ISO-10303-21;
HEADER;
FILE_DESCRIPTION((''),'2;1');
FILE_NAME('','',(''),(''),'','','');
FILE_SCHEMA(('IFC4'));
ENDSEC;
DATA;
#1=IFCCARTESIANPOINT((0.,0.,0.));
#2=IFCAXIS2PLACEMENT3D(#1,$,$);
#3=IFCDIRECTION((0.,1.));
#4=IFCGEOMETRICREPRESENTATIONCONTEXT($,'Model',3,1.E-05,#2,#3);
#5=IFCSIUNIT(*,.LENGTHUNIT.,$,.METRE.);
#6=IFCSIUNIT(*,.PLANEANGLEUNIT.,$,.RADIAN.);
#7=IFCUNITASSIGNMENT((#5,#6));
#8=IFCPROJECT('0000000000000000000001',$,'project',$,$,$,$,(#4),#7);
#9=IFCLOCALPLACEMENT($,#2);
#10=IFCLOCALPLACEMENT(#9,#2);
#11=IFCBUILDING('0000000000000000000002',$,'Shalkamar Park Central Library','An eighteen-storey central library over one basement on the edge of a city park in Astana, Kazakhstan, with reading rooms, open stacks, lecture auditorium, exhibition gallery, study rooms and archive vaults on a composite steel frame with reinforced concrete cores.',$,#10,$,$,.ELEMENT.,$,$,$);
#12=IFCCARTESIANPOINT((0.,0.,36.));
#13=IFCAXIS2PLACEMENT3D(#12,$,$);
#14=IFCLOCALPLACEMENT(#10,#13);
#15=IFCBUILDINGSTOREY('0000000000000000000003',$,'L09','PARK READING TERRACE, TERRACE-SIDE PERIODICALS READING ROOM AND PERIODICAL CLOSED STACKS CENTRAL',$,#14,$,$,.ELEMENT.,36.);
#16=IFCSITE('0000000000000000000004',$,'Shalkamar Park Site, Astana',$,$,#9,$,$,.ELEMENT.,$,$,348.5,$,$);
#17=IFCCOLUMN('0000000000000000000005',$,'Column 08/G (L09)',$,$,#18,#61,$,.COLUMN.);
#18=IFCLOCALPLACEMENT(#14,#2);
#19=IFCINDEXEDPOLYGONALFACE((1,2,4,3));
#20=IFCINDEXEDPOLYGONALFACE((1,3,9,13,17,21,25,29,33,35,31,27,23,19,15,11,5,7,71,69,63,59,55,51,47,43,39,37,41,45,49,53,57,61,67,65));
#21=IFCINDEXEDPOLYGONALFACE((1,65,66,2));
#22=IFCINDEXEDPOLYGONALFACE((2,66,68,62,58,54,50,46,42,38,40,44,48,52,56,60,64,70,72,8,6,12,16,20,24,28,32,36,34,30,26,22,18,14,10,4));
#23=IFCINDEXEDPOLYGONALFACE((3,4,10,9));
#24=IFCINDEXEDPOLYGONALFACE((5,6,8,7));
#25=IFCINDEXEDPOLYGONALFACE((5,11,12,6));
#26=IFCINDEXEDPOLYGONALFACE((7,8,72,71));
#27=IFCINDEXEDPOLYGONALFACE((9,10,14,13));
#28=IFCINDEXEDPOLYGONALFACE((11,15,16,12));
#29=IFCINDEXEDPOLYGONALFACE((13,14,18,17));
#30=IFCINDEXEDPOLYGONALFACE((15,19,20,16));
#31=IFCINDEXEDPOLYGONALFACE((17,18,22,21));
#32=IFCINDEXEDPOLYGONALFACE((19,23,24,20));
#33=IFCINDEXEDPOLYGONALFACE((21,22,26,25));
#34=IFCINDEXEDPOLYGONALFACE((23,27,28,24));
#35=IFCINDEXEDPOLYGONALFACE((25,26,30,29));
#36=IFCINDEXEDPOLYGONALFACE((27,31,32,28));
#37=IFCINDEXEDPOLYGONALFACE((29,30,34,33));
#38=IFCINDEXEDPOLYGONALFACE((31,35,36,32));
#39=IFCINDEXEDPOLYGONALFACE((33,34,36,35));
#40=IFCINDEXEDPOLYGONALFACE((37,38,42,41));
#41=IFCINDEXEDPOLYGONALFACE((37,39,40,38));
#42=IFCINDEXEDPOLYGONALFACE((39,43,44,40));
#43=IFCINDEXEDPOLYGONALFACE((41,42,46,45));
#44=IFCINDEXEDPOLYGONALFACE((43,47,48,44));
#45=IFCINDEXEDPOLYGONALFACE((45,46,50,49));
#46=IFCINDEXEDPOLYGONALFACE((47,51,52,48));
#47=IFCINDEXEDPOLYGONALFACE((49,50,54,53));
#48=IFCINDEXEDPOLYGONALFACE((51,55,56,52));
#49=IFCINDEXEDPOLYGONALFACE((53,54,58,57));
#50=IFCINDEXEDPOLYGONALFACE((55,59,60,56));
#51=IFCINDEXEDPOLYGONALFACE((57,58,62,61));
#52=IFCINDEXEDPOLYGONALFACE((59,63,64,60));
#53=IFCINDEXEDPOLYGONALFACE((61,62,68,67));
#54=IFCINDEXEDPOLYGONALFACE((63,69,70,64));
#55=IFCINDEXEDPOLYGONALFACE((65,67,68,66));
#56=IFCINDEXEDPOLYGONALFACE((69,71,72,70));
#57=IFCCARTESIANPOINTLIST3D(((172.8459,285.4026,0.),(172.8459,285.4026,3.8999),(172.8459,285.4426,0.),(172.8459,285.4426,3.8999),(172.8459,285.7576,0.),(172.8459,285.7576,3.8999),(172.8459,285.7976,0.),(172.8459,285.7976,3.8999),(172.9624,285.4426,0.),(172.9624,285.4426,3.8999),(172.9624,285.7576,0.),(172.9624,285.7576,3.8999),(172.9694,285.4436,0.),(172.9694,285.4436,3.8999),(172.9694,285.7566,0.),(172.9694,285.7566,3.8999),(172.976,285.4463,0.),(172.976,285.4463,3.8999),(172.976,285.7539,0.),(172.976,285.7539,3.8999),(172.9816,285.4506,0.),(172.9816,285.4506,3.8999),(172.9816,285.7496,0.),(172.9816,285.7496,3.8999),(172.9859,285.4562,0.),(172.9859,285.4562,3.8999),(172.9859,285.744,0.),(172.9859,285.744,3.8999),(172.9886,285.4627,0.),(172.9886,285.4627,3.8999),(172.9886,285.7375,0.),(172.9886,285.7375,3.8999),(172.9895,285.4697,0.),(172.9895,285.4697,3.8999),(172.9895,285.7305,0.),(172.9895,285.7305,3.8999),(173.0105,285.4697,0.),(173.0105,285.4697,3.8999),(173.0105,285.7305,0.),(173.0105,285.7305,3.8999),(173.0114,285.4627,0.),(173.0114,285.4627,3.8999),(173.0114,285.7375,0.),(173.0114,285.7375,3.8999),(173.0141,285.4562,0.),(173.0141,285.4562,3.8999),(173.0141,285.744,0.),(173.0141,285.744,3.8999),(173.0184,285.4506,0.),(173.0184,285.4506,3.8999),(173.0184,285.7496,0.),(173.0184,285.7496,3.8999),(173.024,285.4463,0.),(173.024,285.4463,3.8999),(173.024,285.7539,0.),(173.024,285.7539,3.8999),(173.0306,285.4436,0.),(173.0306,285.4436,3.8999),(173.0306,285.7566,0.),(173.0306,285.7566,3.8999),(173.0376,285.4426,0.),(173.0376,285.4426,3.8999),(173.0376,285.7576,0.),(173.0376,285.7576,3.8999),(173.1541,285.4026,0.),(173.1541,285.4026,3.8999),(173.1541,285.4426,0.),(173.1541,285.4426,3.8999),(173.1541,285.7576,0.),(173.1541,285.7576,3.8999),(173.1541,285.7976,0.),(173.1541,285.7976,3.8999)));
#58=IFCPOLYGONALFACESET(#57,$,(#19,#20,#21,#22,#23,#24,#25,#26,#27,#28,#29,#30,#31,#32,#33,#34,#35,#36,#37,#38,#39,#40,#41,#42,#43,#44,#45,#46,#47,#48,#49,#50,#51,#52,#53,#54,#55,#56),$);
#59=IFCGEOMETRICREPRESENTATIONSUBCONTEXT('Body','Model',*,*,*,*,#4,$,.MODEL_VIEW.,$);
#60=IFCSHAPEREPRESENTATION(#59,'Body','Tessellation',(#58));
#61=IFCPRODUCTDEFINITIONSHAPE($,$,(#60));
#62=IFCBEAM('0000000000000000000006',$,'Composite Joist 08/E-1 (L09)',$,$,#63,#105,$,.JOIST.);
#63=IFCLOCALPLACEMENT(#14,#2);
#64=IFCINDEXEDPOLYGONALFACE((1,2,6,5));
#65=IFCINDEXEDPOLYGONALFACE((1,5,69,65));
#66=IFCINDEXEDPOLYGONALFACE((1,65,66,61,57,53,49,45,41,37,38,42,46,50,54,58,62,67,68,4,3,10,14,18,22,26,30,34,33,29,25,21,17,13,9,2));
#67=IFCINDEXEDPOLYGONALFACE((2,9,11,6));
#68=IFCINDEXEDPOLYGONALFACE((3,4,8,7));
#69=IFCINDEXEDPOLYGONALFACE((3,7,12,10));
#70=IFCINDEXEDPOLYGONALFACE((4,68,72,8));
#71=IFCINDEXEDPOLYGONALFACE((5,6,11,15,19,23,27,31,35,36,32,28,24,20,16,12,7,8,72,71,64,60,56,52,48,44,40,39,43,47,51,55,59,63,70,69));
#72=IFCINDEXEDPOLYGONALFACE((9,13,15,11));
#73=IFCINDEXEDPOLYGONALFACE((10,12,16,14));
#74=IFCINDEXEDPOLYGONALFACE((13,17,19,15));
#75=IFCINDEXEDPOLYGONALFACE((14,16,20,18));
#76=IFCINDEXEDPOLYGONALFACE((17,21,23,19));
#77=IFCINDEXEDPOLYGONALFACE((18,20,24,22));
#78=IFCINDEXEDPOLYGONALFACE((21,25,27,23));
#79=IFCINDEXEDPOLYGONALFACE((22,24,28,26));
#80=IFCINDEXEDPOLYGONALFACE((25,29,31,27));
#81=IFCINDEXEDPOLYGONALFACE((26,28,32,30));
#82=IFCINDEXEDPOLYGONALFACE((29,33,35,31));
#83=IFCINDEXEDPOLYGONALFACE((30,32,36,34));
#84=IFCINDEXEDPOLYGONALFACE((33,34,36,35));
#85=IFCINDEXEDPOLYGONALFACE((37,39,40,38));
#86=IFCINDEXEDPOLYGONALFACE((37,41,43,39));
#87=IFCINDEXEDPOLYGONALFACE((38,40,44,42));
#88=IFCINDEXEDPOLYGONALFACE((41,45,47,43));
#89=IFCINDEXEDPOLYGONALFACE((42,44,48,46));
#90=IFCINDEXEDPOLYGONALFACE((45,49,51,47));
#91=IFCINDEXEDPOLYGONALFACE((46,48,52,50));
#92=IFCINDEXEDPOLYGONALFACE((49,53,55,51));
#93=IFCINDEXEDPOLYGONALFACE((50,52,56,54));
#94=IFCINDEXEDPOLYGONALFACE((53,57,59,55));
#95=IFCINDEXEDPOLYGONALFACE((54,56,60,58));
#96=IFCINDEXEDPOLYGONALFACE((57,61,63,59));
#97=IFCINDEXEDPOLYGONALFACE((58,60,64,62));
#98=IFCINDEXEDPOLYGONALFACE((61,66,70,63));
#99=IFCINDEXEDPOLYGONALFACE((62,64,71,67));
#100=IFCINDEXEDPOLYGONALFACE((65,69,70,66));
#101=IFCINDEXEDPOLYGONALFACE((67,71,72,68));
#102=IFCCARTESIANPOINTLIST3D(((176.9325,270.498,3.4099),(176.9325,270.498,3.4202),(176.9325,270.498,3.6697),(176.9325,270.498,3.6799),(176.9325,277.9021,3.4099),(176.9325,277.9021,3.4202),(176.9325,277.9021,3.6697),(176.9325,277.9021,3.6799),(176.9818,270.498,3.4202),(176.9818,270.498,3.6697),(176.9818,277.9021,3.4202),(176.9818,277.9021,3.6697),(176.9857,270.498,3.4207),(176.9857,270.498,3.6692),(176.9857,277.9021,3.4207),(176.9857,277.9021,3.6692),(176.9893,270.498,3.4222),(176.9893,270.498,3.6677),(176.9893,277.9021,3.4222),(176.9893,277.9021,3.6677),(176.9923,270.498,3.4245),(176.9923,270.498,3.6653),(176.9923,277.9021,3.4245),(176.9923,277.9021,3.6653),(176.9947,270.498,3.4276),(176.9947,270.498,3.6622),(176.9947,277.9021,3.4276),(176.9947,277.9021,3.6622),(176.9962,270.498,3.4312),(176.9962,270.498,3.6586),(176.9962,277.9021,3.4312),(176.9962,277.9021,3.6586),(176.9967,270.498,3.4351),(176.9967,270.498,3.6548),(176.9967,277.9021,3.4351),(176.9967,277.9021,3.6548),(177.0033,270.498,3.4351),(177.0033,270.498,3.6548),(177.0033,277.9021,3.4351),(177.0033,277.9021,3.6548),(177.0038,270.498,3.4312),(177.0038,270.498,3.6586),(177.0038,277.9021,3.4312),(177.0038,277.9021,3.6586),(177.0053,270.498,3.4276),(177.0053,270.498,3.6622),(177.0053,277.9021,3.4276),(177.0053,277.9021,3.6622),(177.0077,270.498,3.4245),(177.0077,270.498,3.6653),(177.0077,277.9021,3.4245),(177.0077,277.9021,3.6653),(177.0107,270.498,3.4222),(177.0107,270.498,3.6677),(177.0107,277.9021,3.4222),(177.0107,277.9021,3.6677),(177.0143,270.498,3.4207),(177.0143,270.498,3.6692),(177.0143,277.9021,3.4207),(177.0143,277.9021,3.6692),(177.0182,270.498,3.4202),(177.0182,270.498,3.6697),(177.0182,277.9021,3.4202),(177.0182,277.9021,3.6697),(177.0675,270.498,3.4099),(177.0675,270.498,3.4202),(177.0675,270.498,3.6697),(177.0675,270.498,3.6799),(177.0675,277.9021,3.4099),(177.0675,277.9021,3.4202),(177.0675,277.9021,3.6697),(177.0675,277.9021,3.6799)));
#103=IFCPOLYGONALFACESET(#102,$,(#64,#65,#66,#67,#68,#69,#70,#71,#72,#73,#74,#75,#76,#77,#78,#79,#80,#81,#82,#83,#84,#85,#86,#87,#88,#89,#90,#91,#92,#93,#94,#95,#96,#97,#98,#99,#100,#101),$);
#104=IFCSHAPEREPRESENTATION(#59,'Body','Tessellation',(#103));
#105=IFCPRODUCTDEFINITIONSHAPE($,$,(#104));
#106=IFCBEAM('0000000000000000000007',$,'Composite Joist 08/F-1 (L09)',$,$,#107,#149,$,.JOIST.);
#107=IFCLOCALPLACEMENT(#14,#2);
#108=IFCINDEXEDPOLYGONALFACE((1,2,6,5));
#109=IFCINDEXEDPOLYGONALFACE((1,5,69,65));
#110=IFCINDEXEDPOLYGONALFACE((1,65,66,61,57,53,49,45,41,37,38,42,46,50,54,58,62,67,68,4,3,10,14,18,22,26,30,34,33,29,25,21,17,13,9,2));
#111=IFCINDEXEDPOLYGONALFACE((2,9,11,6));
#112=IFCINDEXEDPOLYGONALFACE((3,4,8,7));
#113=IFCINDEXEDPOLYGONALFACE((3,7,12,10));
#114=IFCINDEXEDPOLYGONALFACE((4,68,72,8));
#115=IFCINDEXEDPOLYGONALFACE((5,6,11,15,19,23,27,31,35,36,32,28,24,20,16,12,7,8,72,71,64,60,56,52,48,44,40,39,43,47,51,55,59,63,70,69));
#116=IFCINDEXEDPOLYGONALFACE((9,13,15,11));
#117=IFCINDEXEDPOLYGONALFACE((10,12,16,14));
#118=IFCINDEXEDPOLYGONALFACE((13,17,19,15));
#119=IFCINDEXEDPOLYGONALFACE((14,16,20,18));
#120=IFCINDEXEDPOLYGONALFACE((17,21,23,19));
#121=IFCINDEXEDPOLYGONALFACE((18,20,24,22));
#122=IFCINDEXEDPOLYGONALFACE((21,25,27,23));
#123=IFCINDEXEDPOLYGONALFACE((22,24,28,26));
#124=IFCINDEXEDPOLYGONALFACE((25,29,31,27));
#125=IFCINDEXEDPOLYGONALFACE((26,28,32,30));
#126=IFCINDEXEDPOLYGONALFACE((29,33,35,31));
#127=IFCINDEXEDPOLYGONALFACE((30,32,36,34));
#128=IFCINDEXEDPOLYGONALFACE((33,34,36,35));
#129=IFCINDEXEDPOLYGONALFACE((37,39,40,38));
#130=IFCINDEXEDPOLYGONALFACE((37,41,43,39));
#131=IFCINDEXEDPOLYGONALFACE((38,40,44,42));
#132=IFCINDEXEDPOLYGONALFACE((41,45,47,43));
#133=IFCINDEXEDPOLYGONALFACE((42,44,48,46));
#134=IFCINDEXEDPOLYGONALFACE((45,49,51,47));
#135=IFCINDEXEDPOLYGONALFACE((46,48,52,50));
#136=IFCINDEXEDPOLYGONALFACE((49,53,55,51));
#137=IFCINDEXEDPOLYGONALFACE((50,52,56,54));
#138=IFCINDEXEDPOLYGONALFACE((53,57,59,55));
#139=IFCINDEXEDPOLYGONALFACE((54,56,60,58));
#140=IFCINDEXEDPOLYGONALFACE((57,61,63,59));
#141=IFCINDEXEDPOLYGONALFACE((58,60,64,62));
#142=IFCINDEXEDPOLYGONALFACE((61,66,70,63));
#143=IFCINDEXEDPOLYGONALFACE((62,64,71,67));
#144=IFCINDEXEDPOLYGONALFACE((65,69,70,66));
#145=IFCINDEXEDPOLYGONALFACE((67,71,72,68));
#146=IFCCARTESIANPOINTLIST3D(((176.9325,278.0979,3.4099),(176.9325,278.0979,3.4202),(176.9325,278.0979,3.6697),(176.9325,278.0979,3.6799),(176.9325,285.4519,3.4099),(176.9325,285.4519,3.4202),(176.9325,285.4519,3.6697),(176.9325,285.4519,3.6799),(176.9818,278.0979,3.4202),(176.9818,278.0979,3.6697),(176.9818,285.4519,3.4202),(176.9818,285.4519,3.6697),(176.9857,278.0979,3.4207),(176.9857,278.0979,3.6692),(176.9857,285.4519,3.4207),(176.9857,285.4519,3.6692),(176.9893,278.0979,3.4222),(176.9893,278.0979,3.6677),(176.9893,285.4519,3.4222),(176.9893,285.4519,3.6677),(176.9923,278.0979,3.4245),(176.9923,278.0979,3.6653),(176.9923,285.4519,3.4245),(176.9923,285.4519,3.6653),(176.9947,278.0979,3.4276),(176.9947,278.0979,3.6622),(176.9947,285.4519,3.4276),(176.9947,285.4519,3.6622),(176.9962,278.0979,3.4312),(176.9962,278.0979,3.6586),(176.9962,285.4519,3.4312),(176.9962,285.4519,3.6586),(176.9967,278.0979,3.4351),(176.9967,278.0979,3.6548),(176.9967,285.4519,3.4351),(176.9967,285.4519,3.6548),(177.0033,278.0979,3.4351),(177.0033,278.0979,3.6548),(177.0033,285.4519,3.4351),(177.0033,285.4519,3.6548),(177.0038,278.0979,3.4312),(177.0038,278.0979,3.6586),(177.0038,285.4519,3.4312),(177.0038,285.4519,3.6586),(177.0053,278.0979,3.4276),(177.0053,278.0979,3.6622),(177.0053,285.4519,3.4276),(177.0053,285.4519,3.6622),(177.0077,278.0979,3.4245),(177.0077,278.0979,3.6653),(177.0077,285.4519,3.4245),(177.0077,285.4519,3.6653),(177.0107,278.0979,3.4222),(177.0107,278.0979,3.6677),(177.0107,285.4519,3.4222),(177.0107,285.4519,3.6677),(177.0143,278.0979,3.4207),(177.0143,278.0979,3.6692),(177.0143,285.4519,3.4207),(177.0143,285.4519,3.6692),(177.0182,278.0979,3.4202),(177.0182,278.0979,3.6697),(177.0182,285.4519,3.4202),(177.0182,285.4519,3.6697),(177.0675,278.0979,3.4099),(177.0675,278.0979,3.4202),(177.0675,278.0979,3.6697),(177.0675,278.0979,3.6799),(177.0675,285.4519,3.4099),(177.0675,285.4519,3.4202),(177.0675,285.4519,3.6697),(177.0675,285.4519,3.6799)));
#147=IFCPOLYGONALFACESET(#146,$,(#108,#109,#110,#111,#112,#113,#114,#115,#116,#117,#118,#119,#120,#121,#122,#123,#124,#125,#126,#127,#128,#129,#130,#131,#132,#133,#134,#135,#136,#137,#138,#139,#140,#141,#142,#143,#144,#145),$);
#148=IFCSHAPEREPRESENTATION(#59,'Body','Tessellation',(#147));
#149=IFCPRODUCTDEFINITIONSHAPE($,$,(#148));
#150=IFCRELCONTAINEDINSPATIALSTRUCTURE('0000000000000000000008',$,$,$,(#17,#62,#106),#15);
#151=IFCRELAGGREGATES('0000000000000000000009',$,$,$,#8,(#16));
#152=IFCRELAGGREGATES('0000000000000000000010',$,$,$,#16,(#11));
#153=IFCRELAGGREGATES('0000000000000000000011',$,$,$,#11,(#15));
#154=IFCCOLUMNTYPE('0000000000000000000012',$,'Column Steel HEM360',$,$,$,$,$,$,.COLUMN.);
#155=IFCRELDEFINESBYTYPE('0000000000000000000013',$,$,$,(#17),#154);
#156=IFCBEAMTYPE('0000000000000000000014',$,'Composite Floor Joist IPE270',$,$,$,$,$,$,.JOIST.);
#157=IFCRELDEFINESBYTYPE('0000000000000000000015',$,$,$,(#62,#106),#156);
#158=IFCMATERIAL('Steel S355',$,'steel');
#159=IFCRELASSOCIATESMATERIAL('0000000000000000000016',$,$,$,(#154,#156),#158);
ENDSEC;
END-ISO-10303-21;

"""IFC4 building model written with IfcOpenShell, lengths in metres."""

from ifc_helpers import new_model, si_unit, direction, frame, origin, origin_2d, place, context, subcontext, project, spatial, i_section, extrude, material, material_profile, profile_set, type_object, element, save


model = new_model("IFC4")

# Units and contexts
model_context = context("Model", 3, precision=1e-05, world=origin(), true_north=direction((0.0, 1.0)))
body_context = subcontext(model_context, "Body", "Model", "MODEL_VIEW")
ifc_project = project(units=[si_unit("LENGTHUNIT", "METRE"), si_unit("PLANEANGLEUNIT", "RADIAN")], contexts=[model_context])

# Site, building, storey
site_placement = place(None, origin())
site = spatial("IfcSite", under=ifc_project, at=site_placement, Name="Shalkamar Park Site, Astana", CompositionType="ELEMENT", RefElevation=348.5)
building_placement = place(site_placement, origin())
building = spatial("IfcBuilding", under=site, at=building_placement, Name="Shalkamar Park Central Library", Description="An eighteen-storey central library over one basement on the edge of a city park in Astana, Kazakhstan, with reading rooms, open stacks, lecture auditorium, exhibition gallery, study rooms and archive vaults on a composite steel frame with reinforced concrete cores.", CompositionType="ELEMENT")
storey_placement = place(building_placement, frame((0.0, 0.0, 36.0)))
storey = spatial("IfcBuildingStorey", under=building, at=storey_placement, Name="L09", Description="PARK READING TERRACE, TERRACE-SIDE PERIODICALS READING ROOM AND PERIODICAL CLOSED STACKS CENTRAL", CompositionType="ELEMENT", Elevation=36.0)

# Column
ifc_material_1 = material(Name="Steel S355", Category="steel")
ifc_material_profile_1 = material_profile(ifc_material_1, i_section(OverallWidth=0.3081, OverallDepth=0.395, WebThickness=0.021, FlangeThickness=0.04, FilletRadius=0.0271, at=origin_2d()), Name="HEM 360")
ifc_profile_set_1 = profile_set([ifc_material_profile_1], Name="Steel S355")
column_type = type_object("IfcColumnType", Name="Column Steel HEM360", PredefinedType="COLUMN", material=ifc_profile_set_1)
column_placement = place(storey_placement, frame((173.0, 285.6001, 0.0), z_axis=(0.0, 0.0, 1.0), x_axis=(1.0, 0.0, 0.0)))
element("IfcColumn", 1, at=column_placement, inside=storey, type_object=column_type, Name="Column 08/G (L09)", PredefinedType="COLUMN", context=body_context, shape_type="SweptSolid", body=[
    extrude(i_section(OverallWidth=0.3081, OverallDepth=0.395, WebThickness=0.021, FlangeThickness=0.04, FilletRadius=0.0271, at=origin_2d()), origin(), (0.0, 0.0, 1.0), 3.8999),
])

# Beams
ifc_material_profile_2 = material_profile(ifc_material_1, i_section(OverallWidth=0.135, OverallDepth=0.27, WebThickness=0.0066, FlangeThickness=0.0103, FilletRadius=0.0149, at=origin_2d()), Name="IPE 270")
ifc_profile_set_2 = profile_set([ifc_material_profile_2], Name="Steel S355")
beam_type_1 = type_object("IfcBeamType", Name="Composite Floor Joist IPE270", PredefinedType="JOIST", material=ifc_profile_set_2)
beam_1_placement = place(storey_placement, frame((177.0, 270.498, 3.5449), z_axis=(0.0, 1.0, 0.0), x_axis=(-1.0, 0.0, 0.0)))
element("IfcBeam", 2, at=beam_1_placement, inside=storey, type_object=beam_type_1, Name="Composite Joist 08/E-1 (L09)", PredefinedType="JOIST", context=body_context, shape_type="SweptSolid", body=[
    extrude(i_section(OverallWidth=0.135, OverallDepth=0.27, WebThickness=0.0066, FlangeThickness=0.0103, FilletRadius=0.0149, at=origin_2d()), origin(), (0.0, 0.0, 1.0), 7.4041),
])
beam_2_placement = place(storey_placement, frame((177.0, 278.0979, 3.5449), z_axis=(0.0, 1.0, 0.0), x_axis=(-1.0, 0.0, 0.0)))
element("IfcBeam", 3, at=beam_2_placement, inside=storey, type_object=beam_type_1, Name="Composite Joist 08/F-1 (L09)", PredefinedType="JOIST", context=body_context, shape_type="SweptSolid", body=[
    extrude(i_section(OverallWidth=0.135, OverallDepth=0.27, WebThickness=0.0066, FlangeThickness=0.0103, FilletRadius=0.0149, at=origin_2d()), origin(), (0.0, 0.0, 1.0), 7.354),
])

save(model, "model.ifc")
